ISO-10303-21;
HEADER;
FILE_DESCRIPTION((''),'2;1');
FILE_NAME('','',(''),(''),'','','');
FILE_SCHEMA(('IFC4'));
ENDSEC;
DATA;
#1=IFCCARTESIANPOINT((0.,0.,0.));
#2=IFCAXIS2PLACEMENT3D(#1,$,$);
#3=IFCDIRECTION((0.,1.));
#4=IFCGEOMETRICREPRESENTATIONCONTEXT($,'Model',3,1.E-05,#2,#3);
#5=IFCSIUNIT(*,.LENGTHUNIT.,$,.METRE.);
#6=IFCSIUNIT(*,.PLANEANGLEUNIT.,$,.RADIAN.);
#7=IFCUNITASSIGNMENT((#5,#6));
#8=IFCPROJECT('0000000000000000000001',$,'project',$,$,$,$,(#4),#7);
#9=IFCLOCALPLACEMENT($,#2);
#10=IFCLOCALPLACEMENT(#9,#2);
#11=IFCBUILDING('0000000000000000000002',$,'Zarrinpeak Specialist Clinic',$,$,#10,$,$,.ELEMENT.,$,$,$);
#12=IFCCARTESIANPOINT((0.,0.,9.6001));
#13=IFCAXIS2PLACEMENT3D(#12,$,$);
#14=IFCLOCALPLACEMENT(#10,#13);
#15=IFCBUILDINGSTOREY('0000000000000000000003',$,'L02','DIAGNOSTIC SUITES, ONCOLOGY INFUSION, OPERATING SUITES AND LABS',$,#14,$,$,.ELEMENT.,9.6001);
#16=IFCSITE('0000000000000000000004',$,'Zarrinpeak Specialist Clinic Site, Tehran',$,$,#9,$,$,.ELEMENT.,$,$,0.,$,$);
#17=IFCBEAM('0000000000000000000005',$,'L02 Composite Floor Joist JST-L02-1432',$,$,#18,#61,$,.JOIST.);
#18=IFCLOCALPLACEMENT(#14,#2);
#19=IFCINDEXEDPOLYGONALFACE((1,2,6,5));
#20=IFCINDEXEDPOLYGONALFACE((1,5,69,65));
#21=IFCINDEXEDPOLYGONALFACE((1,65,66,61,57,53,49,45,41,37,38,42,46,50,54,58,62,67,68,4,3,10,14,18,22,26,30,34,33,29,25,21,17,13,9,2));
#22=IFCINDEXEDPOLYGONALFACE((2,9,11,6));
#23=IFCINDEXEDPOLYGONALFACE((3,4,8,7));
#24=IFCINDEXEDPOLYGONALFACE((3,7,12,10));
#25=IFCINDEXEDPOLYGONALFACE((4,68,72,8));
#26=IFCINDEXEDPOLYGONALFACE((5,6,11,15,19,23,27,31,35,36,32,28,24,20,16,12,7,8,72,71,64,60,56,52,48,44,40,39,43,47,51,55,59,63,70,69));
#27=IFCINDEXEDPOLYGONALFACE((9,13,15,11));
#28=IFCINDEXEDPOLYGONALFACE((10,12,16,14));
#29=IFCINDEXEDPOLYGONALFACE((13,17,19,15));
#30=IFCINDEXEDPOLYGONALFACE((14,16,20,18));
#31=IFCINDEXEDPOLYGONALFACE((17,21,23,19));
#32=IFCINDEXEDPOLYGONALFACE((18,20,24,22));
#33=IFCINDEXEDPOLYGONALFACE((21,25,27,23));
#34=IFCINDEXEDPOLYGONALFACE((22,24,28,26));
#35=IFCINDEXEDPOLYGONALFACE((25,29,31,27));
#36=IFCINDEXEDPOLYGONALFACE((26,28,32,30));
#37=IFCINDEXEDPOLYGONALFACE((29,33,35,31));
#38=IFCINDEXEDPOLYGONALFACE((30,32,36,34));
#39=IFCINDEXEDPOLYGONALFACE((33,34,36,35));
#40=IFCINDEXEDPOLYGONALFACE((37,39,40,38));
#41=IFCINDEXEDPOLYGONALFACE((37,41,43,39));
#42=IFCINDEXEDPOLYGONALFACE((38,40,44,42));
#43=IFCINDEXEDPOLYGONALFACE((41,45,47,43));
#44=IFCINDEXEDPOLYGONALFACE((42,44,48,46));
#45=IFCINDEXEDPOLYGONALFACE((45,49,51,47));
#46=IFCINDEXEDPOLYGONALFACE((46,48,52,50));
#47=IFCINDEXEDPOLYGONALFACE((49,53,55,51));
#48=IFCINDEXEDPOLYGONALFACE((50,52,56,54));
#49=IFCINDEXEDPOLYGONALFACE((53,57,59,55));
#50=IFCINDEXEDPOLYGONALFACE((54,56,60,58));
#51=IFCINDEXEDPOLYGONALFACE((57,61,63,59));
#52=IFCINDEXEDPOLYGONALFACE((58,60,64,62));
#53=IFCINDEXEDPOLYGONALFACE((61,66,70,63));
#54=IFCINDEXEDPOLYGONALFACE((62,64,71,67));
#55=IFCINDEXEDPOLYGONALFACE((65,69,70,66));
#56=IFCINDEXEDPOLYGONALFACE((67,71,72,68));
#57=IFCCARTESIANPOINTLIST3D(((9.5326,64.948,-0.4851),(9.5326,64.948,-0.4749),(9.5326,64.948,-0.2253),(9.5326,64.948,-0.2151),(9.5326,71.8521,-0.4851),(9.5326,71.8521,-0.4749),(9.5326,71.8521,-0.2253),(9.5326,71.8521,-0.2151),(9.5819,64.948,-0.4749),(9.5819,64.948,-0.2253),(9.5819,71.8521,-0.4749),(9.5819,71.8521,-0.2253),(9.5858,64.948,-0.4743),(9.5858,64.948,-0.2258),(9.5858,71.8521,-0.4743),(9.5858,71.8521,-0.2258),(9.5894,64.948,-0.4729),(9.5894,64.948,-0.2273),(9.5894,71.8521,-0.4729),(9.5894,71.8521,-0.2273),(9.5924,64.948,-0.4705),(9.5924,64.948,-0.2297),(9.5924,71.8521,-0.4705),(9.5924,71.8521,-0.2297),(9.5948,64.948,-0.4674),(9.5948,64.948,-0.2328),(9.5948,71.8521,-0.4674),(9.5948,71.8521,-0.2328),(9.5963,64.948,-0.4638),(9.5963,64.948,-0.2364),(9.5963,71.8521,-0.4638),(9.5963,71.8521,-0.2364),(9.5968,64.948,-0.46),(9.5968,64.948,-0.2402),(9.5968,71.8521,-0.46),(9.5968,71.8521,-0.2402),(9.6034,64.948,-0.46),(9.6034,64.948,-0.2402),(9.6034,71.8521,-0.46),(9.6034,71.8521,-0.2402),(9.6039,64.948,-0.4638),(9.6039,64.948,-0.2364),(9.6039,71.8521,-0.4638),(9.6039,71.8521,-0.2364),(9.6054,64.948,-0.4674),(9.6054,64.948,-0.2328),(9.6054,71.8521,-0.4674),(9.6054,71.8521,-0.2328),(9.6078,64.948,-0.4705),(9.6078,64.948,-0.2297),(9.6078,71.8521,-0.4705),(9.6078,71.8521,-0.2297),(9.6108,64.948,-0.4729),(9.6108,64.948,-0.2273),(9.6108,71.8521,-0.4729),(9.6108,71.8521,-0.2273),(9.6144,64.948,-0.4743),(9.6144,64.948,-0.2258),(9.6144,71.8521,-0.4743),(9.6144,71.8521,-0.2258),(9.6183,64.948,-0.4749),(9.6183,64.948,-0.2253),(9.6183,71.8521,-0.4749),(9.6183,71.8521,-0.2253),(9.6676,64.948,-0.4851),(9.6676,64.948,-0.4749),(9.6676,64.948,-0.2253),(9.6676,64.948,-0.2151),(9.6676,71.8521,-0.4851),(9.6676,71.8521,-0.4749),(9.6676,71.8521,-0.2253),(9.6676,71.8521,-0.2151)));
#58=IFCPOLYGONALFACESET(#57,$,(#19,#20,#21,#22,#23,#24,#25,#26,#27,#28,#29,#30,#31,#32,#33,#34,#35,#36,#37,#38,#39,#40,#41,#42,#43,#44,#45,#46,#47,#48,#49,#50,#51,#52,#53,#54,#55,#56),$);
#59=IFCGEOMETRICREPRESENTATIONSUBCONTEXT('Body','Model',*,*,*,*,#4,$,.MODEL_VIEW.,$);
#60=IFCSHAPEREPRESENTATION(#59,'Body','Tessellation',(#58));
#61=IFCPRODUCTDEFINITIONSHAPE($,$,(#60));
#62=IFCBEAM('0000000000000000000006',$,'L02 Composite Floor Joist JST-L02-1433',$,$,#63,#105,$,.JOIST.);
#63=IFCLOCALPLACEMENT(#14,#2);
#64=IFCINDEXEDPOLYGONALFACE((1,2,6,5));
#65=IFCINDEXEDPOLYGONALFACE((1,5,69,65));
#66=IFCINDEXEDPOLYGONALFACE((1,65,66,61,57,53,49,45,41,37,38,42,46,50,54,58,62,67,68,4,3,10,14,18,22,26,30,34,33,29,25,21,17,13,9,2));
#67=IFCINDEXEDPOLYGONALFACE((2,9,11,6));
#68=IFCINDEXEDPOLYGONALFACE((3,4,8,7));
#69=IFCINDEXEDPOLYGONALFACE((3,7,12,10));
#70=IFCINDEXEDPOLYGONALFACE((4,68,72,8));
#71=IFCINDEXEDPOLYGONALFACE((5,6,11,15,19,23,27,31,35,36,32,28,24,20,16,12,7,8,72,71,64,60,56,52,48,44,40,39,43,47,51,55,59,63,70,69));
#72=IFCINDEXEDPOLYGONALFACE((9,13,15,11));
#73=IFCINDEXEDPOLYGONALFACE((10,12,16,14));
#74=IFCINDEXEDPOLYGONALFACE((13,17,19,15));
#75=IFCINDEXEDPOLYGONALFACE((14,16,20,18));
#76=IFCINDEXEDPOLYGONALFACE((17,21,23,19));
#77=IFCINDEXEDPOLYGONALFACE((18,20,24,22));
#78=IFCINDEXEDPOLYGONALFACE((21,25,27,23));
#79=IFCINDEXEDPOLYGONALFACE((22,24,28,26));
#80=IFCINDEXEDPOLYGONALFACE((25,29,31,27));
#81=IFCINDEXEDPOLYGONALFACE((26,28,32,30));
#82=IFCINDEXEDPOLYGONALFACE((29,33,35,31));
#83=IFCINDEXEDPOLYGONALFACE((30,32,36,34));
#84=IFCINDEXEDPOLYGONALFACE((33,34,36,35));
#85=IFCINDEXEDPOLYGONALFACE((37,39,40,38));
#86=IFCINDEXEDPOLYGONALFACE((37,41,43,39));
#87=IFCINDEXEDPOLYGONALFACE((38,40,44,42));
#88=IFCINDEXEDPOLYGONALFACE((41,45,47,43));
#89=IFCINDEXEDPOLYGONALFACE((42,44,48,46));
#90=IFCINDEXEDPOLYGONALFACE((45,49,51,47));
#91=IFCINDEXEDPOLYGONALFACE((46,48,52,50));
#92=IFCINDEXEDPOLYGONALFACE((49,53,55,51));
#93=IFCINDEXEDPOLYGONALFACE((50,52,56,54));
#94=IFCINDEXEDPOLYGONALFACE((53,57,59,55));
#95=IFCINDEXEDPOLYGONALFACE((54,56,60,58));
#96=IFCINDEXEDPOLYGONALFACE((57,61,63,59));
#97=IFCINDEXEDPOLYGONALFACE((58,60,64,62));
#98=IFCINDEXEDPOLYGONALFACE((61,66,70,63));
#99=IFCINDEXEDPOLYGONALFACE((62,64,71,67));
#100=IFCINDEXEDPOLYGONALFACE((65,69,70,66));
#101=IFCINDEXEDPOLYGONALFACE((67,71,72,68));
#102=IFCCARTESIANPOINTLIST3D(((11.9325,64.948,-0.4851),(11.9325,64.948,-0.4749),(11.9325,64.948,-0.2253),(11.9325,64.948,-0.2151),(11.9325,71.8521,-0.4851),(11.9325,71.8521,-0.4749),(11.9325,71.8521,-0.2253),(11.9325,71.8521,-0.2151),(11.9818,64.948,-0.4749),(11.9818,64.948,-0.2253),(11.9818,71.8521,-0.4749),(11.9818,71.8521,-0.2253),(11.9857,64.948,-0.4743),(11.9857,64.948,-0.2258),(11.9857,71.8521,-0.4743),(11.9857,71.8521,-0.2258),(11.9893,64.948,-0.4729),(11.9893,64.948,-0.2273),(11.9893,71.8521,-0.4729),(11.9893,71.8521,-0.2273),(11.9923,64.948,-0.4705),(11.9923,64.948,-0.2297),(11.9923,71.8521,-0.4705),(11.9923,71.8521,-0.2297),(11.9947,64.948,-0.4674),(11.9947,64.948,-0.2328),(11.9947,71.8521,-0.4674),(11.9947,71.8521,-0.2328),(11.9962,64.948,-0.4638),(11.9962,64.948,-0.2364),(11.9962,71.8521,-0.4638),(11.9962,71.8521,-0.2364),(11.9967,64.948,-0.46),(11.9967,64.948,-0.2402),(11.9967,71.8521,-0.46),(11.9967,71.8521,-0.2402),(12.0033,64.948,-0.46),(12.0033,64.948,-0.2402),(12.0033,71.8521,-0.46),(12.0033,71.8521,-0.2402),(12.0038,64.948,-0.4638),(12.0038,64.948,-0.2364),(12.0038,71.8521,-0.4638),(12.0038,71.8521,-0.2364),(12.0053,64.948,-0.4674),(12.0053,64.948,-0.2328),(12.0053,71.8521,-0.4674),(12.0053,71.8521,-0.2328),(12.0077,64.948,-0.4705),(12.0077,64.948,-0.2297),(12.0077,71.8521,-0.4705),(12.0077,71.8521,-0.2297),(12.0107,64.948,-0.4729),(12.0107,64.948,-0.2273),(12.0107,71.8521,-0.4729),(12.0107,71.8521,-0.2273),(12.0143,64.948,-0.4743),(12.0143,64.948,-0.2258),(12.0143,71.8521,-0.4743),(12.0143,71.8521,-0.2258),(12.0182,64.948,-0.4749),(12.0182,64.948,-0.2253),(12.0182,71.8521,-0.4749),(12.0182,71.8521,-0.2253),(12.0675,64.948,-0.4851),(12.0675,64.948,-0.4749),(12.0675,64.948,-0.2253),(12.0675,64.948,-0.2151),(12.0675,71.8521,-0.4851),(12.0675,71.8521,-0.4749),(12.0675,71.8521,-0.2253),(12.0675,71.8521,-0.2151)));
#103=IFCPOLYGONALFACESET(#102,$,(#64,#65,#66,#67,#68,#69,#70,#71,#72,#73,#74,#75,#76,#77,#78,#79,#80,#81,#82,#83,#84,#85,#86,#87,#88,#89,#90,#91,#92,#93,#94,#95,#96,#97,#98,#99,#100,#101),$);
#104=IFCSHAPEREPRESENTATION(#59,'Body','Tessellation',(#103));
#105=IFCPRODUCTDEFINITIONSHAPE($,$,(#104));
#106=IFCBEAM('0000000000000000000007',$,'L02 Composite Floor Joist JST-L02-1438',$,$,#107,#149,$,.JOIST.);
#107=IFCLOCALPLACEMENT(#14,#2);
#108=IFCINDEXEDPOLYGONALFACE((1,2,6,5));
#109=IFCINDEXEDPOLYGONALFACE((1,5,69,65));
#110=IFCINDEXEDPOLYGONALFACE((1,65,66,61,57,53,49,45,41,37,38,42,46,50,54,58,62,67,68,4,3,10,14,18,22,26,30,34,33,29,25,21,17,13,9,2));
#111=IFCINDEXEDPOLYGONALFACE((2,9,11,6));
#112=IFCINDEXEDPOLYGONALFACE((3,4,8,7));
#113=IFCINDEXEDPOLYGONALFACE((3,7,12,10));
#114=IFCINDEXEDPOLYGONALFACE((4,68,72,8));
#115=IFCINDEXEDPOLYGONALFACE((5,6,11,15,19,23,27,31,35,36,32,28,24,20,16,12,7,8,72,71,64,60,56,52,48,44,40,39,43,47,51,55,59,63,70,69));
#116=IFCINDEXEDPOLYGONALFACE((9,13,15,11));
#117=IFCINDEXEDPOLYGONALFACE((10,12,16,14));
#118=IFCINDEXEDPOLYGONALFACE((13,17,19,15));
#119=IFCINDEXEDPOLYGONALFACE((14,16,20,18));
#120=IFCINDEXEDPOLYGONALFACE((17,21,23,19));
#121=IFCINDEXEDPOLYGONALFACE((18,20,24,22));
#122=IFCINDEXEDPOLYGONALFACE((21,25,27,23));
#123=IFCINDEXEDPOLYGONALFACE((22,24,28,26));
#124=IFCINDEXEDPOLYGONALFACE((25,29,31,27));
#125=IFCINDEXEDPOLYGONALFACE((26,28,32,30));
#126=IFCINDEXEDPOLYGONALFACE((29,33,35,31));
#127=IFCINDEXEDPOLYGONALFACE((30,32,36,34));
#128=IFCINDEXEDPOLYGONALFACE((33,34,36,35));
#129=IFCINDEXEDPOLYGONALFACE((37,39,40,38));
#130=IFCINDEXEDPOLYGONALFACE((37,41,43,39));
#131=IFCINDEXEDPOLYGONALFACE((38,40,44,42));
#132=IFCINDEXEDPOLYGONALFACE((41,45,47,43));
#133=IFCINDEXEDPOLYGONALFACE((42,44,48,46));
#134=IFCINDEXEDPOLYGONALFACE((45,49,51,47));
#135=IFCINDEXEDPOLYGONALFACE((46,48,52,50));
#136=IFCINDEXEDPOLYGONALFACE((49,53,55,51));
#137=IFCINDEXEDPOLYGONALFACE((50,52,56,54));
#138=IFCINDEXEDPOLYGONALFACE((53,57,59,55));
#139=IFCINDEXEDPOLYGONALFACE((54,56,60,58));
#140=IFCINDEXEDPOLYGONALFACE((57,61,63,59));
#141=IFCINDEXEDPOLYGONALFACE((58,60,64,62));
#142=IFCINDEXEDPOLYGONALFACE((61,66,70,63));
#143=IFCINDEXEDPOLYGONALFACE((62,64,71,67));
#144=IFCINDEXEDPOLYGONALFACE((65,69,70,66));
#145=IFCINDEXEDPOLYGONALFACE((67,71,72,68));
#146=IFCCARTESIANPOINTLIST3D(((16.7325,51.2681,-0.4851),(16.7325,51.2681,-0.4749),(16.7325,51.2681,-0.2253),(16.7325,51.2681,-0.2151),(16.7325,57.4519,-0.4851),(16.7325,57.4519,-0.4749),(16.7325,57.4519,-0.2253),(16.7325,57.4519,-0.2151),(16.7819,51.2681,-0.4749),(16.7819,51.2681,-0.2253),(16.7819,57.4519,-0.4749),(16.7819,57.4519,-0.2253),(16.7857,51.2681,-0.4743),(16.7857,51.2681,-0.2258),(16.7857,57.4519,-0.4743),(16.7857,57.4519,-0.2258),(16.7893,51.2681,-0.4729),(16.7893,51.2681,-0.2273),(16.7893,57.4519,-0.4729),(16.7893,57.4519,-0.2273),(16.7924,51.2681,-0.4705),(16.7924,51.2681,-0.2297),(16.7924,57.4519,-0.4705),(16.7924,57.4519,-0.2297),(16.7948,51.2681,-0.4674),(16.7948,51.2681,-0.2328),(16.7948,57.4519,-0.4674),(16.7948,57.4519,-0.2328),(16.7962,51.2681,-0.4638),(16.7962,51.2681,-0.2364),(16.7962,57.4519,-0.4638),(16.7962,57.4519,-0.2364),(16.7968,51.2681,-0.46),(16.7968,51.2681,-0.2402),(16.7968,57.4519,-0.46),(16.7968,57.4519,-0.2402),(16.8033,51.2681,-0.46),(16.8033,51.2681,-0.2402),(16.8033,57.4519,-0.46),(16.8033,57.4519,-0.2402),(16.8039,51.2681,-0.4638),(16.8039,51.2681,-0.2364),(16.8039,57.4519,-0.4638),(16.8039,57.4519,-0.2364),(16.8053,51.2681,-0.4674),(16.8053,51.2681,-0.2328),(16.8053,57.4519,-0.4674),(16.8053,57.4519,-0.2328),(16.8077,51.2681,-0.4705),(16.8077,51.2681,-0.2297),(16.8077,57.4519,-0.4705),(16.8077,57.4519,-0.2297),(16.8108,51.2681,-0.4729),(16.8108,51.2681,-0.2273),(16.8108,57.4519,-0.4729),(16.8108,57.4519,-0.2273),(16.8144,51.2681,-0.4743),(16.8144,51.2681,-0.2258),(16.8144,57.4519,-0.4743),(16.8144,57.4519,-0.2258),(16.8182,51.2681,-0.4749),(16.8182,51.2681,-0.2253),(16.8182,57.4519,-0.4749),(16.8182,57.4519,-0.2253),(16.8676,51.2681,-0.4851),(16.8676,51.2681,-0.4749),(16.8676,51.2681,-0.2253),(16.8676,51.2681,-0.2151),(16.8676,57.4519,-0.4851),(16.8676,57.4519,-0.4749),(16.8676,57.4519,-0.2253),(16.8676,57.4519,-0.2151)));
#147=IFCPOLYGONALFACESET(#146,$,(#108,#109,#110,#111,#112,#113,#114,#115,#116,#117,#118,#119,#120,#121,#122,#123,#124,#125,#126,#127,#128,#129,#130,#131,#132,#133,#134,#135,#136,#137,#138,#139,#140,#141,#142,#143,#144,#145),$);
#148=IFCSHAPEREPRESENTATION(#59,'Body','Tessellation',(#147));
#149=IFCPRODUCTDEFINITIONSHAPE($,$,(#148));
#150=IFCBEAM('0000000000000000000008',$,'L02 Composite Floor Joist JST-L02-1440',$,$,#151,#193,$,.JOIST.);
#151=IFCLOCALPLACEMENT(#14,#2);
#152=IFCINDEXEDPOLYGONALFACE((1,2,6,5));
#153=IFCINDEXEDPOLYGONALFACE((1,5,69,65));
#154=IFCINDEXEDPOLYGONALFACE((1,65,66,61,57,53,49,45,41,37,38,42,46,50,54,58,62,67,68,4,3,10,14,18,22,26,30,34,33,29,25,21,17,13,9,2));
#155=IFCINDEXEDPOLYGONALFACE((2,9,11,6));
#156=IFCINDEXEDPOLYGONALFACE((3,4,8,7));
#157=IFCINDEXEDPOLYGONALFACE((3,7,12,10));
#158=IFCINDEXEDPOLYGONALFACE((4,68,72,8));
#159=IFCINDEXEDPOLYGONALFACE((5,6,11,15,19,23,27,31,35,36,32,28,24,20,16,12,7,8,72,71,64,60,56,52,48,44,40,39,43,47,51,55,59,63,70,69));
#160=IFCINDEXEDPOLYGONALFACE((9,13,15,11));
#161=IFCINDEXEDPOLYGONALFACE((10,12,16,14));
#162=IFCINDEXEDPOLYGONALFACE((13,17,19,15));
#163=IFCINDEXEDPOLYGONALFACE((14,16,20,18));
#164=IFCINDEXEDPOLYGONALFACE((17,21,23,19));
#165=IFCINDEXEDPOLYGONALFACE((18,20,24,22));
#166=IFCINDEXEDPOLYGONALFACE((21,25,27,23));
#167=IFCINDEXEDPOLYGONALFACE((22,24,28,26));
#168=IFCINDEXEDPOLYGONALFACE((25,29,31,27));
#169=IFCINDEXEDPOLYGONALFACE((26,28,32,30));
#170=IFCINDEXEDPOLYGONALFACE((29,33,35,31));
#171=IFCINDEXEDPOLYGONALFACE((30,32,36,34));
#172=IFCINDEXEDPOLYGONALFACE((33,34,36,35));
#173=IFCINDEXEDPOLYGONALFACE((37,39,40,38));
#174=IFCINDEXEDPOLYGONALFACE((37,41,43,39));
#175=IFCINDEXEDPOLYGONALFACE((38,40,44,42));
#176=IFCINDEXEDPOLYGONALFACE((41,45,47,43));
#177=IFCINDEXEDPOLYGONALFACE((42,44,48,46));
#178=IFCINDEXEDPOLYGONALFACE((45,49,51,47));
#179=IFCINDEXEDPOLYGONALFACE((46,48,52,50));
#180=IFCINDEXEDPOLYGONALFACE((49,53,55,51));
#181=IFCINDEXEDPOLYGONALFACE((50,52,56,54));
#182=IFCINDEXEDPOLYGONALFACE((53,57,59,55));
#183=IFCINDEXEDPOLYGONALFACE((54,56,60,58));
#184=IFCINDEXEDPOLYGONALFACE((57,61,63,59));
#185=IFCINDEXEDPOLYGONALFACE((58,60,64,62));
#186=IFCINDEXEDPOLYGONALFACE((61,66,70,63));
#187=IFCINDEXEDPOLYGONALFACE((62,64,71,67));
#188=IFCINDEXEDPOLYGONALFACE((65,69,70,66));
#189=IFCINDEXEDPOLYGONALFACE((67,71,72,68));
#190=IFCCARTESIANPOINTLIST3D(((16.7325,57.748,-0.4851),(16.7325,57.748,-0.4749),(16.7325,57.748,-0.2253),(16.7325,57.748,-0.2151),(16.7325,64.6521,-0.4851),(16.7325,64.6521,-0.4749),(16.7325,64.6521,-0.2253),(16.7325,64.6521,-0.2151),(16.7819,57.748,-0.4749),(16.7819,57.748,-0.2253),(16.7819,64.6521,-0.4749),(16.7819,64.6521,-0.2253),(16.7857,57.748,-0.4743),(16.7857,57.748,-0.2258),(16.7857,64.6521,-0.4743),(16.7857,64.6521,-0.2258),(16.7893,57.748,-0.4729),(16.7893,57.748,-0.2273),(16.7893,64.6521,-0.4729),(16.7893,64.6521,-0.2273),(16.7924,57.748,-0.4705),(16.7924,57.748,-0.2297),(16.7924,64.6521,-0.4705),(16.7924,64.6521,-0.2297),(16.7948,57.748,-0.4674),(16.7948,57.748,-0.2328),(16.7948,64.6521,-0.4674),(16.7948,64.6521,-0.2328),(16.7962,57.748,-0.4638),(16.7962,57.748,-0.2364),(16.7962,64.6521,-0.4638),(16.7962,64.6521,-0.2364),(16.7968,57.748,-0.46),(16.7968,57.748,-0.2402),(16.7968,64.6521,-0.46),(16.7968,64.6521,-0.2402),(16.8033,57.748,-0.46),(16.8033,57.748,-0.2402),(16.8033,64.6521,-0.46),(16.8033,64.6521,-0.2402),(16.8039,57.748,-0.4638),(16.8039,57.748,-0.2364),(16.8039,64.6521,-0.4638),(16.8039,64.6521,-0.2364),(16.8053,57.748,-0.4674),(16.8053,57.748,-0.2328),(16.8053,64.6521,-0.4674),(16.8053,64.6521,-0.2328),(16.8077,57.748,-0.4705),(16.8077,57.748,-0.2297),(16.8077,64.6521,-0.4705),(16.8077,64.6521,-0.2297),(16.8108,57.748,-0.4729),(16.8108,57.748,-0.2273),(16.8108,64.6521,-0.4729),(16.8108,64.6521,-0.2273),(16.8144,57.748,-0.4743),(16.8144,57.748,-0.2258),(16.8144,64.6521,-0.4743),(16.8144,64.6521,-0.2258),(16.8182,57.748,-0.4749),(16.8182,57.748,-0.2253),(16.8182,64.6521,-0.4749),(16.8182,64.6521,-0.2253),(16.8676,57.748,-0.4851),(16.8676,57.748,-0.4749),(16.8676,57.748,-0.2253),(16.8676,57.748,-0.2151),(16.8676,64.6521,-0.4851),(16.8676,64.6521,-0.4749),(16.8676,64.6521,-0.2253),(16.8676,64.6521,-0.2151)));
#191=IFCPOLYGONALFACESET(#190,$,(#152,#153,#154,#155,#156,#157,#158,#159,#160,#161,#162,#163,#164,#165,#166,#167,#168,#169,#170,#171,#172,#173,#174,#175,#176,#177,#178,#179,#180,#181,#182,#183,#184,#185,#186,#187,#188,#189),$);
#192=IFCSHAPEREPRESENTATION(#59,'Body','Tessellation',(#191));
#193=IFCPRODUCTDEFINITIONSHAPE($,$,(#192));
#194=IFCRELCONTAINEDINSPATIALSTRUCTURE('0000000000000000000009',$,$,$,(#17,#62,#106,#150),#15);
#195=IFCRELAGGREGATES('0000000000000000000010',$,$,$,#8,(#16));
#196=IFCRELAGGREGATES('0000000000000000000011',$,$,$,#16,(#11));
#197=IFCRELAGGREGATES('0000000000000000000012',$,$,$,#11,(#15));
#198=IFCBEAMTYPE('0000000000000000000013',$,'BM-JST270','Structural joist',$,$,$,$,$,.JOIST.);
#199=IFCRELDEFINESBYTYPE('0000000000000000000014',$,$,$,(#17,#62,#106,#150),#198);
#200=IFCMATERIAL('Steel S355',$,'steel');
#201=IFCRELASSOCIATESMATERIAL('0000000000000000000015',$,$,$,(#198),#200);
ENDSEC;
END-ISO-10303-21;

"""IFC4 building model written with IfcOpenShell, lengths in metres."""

from ifc_helpers import new_model, si_unit, direction, frame, origin, origin_2d, place, context, subcontext, project, spatial, i_section, extrude, material, material_profile, profile_set, type_object, element, save


model = new_model("IFC4")

# Units and contexts
model_context = context("Model", 3, precision=1e-05, world=origin(), true_north=direction((0.0, 1.0)))
body_context = subcontext(model_context, "Body", "Model", "MODEL_VIEW")
ifc_project = project(units=[si_unit("LENGTHUNIT", "METRE"), si_unit("PLANEANGLEUNIT", "RADIAN")], contexts=[model_context])

# Site, building, storey
site_placement = place(None, origin())
site = spatial("IfcSite", under=ifc_project, at=site_placement, Name="Zarrinpeak Specialist Clinic Site, Tehran", CompositionType="ELEMENT", RefElevation=0.0)
building_placement = place(site_placement, origin())
building = spatial("IfcBuilding", under=site, at=building_placement, Name="Zarrinpeak Specialist Clinic", CompositionType="ELEMENT")
storey_placement = place(building_placement, frame((0.0, 0.0, 9.6001)))
storey = spatial("IfcBuildingStorey", under=building, at=storey_placement, Name="L02", Description="DIAGNOSTIC SUITES, ONCOLOGY INFUSION, OPERATING SUITES AND LABS", CompositionType="ELEMENT", Elevation=9.6001)

# Shared definitions
ifc_material_1 = material(Name="Steel S355", Category="steel")

# Beams
ifc_material_profile_1 = material_profile(ifc_material_1, i_section(OverallWidth=0.135, OverallDepth=0.27, WebThickness=0.0066, FlangeThickness=0.0103, FilletRadius=0.0149, at=origin_2d()), Name="IPE 270")
ifc_profile_set_1 = profile_set([ifc_material_profile_1], Name="Steel S355")
beam_type_1 = type_object("IfcBeamType", Name="BM-JST270", Description="Structural joist", PredefinedType="JOIST", material=ifc_profile_set_1)
for number, where, z_axis, x_axis, name in (
    (1, (9.6001, 64.948, -0.3501), (0.0, 1.0, 0.0), (-1.0, 0.0, 0.0), "L02 Composite Floor Joist JST-L02-1432"),
    (2, (12.0, 64.948, -0.3501), (0.0, 1.0, 0.0), (-1.0, 0.0, 0.0), "L02 Composite Floor Joist JST-L02-1433"),
):
    element("IfcBeam", number, at=place(storey_placement, frame(where, z_axis=z_axis, x_axis=x_axis)), inside=storey, type_object=beam_type_1, Name=name, PredefinedType="JOIST", context=body_context, shape_type="SweptSolid", body=[
        extrude(i_section(OverallWidth=0.135, OverallDepth=0.27, WebThickness=0.0066, FlangeThickness=0.0103, FilletRadius=0.0149, at=origin_2d()), origin(), (0.0, 0.0, 1.0), 6.9041),
    ])
beam_1_placement = place(storey_placement, frame((16.8, 51.2681, -0.3501), z_axis=(0.0, 1.0, 0.0), x_axis=(-1.0, 0.0, 0.0)))
element("IfcBeam", 3, at=beam_1_placement, inside=storey, type_object=beam_type_1, Name="L02 Composite Floor Joist JST-L02-1438", PredefinedType="JOIST", context=body_context, shape_type="SweptSolid", body=[
    extrude(i_section(OverallWidth=0.135, OverallDepth=0.27, WebThickness=0.0066, FlangeThickness=0.0103, FilletRadius=0.0149, at=origin_2d()), origin(), (0.0, 0.0, 1.0), 6.1838),
])
beam_2_placement = place(storey_placement, frame((16.8, 57.748, -0.3501), z_axis=(0.0, 1.0, 0.0), x_axis=(-1.0, 0.0, 0.0)))
element("IfcBeam", 4, at=beam_2_placement, inside=storey, type_object=beam_type_1, Name="L02 Composite Floor Joist JST-L02-1440", PredefinedType="JOIST", context=body_context, shape_type="SweptSolid", body=[
    extrude(i_section(OverallWidth=0.135, OverallDepth=0.27, WebThickness=0.0066, FlangeThickness=0.0103, FilletRadius=0.0149, at=origin_2d()), origin(), (0.0, 0.0, 1.0), 6.9041),
])

save(model, "model.ifc")
